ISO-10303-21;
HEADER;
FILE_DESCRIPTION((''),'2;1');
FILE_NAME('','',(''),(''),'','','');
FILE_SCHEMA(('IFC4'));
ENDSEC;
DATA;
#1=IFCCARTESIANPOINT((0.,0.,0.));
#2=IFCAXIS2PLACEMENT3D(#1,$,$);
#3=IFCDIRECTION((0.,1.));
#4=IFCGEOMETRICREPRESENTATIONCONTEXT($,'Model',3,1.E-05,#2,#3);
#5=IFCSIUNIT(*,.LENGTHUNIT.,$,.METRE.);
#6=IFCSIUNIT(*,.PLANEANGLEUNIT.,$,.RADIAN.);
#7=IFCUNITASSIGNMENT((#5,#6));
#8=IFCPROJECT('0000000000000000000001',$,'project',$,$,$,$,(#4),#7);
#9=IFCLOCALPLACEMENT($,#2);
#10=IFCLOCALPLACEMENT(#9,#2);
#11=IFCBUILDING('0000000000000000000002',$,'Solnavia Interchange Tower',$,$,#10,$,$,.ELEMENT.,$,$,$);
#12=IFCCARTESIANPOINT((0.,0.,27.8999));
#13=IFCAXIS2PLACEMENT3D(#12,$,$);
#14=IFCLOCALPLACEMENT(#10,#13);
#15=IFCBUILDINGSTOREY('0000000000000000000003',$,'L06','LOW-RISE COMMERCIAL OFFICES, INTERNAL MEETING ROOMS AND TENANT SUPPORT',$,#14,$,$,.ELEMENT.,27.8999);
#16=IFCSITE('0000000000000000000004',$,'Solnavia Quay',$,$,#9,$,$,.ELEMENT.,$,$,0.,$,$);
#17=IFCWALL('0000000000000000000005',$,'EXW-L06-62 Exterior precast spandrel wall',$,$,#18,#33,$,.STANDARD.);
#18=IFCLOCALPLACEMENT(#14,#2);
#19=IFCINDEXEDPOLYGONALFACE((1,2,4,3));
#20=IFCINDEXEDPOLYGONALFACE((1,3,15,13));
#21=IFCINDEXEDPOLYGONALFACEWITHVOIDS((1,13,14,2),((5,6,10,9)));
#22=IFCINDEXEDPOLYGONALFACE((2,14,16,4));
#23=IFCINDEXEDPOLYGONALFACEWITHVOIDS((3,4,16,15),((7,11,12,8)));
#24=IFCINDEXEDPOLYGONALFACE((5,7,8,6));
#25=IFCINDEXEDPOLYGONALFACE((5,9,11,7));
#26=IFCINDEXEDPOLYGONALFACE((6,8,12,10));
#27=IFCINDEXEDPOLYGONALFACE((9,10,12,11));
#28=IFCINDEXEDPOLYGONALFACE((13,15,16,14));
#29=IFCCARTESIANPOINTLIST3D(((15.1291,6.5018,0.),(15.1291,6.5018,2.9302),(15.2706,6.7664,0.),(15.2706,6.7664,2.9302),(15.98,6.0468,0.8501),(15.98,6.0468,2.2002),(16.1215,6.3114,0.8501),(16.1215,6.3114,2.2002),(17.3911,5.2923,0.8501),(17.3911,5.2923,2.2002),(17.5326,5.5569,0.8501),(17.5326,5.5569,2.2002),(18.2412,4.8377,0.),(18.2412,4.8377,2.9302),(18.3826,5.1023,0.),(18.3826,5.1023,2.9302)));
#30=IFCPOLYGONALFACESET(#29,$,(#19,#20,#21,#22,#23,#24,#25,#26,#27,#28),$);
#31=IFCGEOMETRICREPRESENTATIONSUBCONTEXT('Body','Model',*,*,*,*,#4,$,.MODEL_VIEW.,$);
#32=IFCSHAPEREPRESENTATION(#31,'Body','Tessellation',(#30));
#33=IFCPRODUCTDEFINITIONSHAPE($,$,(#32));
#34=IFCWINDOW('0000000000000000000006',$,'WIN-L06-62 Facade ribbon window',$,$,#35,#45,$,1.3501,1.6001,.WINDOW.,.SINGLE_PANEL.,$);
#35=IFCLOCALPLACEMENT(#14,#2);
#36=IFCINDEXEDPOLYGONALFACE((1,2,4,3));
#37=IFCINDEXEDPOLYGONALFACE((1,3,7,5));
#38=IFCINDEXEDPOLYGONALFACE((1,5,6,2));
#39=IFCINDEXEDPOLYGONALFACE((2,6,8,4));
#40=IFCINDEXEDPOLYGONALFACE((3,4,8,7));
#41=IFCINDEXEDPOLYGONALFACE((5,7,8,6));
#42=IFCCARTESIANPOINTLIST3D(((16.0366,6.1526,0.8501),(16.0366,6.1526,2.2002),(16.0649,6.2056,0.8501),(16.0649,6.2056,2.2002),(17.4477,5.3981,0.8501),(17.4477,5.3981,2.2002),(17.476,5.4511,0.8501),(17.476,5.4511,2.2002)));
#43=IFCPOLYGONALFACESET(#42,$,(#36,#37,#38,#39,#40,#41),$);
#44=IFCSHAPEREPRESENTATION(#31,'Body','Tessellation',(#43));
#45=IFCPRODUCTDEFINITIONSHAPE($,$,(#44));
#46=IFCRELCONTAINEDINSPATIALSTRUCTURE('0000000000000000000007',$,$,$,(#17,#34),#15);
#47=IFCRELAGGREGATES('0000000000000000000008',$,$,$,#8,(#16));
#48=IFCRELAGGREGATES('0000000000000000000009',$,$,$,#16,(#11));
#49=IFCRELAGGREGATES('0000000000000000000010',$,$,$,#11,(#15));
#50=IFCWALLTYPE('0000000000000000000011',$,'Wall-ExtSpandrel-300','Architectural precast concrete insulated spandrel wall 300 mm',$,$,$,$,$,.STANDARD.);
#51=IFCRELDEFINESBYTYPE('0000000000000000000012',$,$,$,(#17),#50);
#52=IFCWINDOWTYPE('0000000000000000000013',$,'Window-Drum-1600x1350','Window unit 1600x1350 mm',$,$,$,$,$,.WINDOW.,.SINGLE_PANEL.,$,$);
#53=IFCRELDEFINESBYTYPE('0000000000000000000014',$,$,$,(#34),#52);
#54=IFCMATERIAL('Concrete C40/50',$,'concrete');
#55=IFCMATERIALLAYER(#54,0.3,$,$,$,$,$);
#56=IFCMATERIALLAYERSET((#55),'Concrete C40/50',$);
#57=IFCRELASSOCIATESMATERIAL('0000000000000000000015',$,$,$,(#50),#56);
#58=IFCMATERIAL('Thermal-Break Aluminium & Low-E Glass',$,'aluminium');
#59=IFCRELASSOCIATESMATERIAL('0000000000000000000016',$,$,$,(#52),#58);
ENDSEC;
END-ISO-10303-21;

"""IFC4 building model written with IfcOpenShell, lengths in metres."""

from ifc_helpers import new_model, si_unit, direction, frame, frame_2d, origin, place, context, subcontext, project, spatial, rectangle, extrude, material, layer, layer_set, type_object, element, fill, save


model = new_model("IFC4")

# Units and contexts
model_context = context("Model", 3, precision=1e-05, world=origin(), true_north=direction((0.0, 1.0)))
body_context = subcontext(model_context, "Body", "Model", "MODEL_VIEW")
ifc_project = project(units=[si_unit("LENGTHUNIT", "METRE"), si_unit("PLANEANGLEUNIT", "RADIAN")], contexts=[model_context])

# Site, building, storey
site_placement = place(None, origin())
site = spatial("IfcSite", under=ifc_project, at=site_placement, Name="Solnavia Quay", CompositionType="ELEMENT", RefElevation=0.0)
building_placement = place(site_placement, origin())
building = spatial("IfcBuilding", under=site, at=building_placement, Name="Solnavia Interchange Tower", CompositionType="ELEMENT")
storey_placement = place(building_placement, frame((0.0, 0.0, 27.8999)))
storey = spatial("IfcBuildingStorey", under=building, at=storey_placement, Name="L06", Description="LOW-RISE COMMERCIAL OFFICES, INTERNAL MEETING ROOMS AND TENANT SUPPORT", CompositionType="ELEMENT", Elevation=27.8999)

# Wall, opening, window
ifc_material_1 = material(Name="Concrete C40/50", Category="concrete")
ifc_layer_1 = layer(ifc_material_1, 0.3)
ifc_layer_set_1 = layer_set([ifc_layer_1], Name="Concrete C40/50")
wall_type = type_object("IfcWallType", Name="Wall-ExtSpandrel-300", Description="Architectural precast concrete insulated spandrel wall 300 mm", PredefinedType="STANDARD", material=ifc_layer_set_1)
wall_placement = place(storey_placement, frame((18.312, 4.97, 0.0), z_axis=(0.0, 0.0, 1.0), x_axis=(-0.881847, 0.471536, 0.0)))
wall = element("IfcWall", 1, at=wall_placement, inside=storey, type_object=wall_type, Name="EXW-L06-62 Exterior precast spandrel wall", PredefinedType="STANDARD", context=body_context, shape_type="SweptSolid", body=[
    extrude(rectangle(XDim=3.5291, YDim=0.3, at=frame_2d((1.7646, 0.0))), origin(), (0.0, 0.0, 1.0), 2.9302),
])
opening_placement = place(wall_placement, frame((0.9641, 0.0, 0.8501)))
opening = element("IfcOpeningElement", 2, at=opening_placement, cuts=wall, PredefinedType="OPENING", context=body_context, shape_type="SweptSolid", body=[
    extrude(rectangle(XDim=1.6001, YDim=1.3501, at=frame_2d((0.8, 0.675))), frame((0.0, 0.1602, 0.0), z_axis=(0.0, -1.0, 0.0), x_axis=(1.0, 0.0, 0.0)), (0.0, 0.0, 1.0), 0.3201),
])
ifc_material_2 = material(Name="Thermal-Break Aluminium & Low-E Glass", Category="aluminium")
window_type = type_object("IfcWindowType", Name="Window-Drum-1600x1350", Description="Window unit 1600x1350 mm", PartitioningType="SINGLE_PANEL", PredefinedType="WINDOW", material=ifc_material_2)
window_placement = place(opening_placement, origin())
window = element("IfcWindow", 3, at=window_placement, inside=storey, type_object=window_type, Name="WIN-L06-62 Facade ribbon window", OverallHeight=1.3501, OverallWidth=1.6001, PartitioningType="SINGLE_PANEL", PredefinedType="WINDOW", context=body_context, shape_type="SweptSolid", body=[
    extrude(rectangle(XDim=1.6001, YDim=1.3501, at=frame_2d((0.8, 0.675))), frame((0.0, 0.03, 0.0), z_axis=(0.0, -1.0, 0.0), x_axis=(1.0, 0.0, 0.0)), (0.0, 0.0, 1.0), 0.0601),
])
fill(opening, window)

save(model, "model.ifc")
